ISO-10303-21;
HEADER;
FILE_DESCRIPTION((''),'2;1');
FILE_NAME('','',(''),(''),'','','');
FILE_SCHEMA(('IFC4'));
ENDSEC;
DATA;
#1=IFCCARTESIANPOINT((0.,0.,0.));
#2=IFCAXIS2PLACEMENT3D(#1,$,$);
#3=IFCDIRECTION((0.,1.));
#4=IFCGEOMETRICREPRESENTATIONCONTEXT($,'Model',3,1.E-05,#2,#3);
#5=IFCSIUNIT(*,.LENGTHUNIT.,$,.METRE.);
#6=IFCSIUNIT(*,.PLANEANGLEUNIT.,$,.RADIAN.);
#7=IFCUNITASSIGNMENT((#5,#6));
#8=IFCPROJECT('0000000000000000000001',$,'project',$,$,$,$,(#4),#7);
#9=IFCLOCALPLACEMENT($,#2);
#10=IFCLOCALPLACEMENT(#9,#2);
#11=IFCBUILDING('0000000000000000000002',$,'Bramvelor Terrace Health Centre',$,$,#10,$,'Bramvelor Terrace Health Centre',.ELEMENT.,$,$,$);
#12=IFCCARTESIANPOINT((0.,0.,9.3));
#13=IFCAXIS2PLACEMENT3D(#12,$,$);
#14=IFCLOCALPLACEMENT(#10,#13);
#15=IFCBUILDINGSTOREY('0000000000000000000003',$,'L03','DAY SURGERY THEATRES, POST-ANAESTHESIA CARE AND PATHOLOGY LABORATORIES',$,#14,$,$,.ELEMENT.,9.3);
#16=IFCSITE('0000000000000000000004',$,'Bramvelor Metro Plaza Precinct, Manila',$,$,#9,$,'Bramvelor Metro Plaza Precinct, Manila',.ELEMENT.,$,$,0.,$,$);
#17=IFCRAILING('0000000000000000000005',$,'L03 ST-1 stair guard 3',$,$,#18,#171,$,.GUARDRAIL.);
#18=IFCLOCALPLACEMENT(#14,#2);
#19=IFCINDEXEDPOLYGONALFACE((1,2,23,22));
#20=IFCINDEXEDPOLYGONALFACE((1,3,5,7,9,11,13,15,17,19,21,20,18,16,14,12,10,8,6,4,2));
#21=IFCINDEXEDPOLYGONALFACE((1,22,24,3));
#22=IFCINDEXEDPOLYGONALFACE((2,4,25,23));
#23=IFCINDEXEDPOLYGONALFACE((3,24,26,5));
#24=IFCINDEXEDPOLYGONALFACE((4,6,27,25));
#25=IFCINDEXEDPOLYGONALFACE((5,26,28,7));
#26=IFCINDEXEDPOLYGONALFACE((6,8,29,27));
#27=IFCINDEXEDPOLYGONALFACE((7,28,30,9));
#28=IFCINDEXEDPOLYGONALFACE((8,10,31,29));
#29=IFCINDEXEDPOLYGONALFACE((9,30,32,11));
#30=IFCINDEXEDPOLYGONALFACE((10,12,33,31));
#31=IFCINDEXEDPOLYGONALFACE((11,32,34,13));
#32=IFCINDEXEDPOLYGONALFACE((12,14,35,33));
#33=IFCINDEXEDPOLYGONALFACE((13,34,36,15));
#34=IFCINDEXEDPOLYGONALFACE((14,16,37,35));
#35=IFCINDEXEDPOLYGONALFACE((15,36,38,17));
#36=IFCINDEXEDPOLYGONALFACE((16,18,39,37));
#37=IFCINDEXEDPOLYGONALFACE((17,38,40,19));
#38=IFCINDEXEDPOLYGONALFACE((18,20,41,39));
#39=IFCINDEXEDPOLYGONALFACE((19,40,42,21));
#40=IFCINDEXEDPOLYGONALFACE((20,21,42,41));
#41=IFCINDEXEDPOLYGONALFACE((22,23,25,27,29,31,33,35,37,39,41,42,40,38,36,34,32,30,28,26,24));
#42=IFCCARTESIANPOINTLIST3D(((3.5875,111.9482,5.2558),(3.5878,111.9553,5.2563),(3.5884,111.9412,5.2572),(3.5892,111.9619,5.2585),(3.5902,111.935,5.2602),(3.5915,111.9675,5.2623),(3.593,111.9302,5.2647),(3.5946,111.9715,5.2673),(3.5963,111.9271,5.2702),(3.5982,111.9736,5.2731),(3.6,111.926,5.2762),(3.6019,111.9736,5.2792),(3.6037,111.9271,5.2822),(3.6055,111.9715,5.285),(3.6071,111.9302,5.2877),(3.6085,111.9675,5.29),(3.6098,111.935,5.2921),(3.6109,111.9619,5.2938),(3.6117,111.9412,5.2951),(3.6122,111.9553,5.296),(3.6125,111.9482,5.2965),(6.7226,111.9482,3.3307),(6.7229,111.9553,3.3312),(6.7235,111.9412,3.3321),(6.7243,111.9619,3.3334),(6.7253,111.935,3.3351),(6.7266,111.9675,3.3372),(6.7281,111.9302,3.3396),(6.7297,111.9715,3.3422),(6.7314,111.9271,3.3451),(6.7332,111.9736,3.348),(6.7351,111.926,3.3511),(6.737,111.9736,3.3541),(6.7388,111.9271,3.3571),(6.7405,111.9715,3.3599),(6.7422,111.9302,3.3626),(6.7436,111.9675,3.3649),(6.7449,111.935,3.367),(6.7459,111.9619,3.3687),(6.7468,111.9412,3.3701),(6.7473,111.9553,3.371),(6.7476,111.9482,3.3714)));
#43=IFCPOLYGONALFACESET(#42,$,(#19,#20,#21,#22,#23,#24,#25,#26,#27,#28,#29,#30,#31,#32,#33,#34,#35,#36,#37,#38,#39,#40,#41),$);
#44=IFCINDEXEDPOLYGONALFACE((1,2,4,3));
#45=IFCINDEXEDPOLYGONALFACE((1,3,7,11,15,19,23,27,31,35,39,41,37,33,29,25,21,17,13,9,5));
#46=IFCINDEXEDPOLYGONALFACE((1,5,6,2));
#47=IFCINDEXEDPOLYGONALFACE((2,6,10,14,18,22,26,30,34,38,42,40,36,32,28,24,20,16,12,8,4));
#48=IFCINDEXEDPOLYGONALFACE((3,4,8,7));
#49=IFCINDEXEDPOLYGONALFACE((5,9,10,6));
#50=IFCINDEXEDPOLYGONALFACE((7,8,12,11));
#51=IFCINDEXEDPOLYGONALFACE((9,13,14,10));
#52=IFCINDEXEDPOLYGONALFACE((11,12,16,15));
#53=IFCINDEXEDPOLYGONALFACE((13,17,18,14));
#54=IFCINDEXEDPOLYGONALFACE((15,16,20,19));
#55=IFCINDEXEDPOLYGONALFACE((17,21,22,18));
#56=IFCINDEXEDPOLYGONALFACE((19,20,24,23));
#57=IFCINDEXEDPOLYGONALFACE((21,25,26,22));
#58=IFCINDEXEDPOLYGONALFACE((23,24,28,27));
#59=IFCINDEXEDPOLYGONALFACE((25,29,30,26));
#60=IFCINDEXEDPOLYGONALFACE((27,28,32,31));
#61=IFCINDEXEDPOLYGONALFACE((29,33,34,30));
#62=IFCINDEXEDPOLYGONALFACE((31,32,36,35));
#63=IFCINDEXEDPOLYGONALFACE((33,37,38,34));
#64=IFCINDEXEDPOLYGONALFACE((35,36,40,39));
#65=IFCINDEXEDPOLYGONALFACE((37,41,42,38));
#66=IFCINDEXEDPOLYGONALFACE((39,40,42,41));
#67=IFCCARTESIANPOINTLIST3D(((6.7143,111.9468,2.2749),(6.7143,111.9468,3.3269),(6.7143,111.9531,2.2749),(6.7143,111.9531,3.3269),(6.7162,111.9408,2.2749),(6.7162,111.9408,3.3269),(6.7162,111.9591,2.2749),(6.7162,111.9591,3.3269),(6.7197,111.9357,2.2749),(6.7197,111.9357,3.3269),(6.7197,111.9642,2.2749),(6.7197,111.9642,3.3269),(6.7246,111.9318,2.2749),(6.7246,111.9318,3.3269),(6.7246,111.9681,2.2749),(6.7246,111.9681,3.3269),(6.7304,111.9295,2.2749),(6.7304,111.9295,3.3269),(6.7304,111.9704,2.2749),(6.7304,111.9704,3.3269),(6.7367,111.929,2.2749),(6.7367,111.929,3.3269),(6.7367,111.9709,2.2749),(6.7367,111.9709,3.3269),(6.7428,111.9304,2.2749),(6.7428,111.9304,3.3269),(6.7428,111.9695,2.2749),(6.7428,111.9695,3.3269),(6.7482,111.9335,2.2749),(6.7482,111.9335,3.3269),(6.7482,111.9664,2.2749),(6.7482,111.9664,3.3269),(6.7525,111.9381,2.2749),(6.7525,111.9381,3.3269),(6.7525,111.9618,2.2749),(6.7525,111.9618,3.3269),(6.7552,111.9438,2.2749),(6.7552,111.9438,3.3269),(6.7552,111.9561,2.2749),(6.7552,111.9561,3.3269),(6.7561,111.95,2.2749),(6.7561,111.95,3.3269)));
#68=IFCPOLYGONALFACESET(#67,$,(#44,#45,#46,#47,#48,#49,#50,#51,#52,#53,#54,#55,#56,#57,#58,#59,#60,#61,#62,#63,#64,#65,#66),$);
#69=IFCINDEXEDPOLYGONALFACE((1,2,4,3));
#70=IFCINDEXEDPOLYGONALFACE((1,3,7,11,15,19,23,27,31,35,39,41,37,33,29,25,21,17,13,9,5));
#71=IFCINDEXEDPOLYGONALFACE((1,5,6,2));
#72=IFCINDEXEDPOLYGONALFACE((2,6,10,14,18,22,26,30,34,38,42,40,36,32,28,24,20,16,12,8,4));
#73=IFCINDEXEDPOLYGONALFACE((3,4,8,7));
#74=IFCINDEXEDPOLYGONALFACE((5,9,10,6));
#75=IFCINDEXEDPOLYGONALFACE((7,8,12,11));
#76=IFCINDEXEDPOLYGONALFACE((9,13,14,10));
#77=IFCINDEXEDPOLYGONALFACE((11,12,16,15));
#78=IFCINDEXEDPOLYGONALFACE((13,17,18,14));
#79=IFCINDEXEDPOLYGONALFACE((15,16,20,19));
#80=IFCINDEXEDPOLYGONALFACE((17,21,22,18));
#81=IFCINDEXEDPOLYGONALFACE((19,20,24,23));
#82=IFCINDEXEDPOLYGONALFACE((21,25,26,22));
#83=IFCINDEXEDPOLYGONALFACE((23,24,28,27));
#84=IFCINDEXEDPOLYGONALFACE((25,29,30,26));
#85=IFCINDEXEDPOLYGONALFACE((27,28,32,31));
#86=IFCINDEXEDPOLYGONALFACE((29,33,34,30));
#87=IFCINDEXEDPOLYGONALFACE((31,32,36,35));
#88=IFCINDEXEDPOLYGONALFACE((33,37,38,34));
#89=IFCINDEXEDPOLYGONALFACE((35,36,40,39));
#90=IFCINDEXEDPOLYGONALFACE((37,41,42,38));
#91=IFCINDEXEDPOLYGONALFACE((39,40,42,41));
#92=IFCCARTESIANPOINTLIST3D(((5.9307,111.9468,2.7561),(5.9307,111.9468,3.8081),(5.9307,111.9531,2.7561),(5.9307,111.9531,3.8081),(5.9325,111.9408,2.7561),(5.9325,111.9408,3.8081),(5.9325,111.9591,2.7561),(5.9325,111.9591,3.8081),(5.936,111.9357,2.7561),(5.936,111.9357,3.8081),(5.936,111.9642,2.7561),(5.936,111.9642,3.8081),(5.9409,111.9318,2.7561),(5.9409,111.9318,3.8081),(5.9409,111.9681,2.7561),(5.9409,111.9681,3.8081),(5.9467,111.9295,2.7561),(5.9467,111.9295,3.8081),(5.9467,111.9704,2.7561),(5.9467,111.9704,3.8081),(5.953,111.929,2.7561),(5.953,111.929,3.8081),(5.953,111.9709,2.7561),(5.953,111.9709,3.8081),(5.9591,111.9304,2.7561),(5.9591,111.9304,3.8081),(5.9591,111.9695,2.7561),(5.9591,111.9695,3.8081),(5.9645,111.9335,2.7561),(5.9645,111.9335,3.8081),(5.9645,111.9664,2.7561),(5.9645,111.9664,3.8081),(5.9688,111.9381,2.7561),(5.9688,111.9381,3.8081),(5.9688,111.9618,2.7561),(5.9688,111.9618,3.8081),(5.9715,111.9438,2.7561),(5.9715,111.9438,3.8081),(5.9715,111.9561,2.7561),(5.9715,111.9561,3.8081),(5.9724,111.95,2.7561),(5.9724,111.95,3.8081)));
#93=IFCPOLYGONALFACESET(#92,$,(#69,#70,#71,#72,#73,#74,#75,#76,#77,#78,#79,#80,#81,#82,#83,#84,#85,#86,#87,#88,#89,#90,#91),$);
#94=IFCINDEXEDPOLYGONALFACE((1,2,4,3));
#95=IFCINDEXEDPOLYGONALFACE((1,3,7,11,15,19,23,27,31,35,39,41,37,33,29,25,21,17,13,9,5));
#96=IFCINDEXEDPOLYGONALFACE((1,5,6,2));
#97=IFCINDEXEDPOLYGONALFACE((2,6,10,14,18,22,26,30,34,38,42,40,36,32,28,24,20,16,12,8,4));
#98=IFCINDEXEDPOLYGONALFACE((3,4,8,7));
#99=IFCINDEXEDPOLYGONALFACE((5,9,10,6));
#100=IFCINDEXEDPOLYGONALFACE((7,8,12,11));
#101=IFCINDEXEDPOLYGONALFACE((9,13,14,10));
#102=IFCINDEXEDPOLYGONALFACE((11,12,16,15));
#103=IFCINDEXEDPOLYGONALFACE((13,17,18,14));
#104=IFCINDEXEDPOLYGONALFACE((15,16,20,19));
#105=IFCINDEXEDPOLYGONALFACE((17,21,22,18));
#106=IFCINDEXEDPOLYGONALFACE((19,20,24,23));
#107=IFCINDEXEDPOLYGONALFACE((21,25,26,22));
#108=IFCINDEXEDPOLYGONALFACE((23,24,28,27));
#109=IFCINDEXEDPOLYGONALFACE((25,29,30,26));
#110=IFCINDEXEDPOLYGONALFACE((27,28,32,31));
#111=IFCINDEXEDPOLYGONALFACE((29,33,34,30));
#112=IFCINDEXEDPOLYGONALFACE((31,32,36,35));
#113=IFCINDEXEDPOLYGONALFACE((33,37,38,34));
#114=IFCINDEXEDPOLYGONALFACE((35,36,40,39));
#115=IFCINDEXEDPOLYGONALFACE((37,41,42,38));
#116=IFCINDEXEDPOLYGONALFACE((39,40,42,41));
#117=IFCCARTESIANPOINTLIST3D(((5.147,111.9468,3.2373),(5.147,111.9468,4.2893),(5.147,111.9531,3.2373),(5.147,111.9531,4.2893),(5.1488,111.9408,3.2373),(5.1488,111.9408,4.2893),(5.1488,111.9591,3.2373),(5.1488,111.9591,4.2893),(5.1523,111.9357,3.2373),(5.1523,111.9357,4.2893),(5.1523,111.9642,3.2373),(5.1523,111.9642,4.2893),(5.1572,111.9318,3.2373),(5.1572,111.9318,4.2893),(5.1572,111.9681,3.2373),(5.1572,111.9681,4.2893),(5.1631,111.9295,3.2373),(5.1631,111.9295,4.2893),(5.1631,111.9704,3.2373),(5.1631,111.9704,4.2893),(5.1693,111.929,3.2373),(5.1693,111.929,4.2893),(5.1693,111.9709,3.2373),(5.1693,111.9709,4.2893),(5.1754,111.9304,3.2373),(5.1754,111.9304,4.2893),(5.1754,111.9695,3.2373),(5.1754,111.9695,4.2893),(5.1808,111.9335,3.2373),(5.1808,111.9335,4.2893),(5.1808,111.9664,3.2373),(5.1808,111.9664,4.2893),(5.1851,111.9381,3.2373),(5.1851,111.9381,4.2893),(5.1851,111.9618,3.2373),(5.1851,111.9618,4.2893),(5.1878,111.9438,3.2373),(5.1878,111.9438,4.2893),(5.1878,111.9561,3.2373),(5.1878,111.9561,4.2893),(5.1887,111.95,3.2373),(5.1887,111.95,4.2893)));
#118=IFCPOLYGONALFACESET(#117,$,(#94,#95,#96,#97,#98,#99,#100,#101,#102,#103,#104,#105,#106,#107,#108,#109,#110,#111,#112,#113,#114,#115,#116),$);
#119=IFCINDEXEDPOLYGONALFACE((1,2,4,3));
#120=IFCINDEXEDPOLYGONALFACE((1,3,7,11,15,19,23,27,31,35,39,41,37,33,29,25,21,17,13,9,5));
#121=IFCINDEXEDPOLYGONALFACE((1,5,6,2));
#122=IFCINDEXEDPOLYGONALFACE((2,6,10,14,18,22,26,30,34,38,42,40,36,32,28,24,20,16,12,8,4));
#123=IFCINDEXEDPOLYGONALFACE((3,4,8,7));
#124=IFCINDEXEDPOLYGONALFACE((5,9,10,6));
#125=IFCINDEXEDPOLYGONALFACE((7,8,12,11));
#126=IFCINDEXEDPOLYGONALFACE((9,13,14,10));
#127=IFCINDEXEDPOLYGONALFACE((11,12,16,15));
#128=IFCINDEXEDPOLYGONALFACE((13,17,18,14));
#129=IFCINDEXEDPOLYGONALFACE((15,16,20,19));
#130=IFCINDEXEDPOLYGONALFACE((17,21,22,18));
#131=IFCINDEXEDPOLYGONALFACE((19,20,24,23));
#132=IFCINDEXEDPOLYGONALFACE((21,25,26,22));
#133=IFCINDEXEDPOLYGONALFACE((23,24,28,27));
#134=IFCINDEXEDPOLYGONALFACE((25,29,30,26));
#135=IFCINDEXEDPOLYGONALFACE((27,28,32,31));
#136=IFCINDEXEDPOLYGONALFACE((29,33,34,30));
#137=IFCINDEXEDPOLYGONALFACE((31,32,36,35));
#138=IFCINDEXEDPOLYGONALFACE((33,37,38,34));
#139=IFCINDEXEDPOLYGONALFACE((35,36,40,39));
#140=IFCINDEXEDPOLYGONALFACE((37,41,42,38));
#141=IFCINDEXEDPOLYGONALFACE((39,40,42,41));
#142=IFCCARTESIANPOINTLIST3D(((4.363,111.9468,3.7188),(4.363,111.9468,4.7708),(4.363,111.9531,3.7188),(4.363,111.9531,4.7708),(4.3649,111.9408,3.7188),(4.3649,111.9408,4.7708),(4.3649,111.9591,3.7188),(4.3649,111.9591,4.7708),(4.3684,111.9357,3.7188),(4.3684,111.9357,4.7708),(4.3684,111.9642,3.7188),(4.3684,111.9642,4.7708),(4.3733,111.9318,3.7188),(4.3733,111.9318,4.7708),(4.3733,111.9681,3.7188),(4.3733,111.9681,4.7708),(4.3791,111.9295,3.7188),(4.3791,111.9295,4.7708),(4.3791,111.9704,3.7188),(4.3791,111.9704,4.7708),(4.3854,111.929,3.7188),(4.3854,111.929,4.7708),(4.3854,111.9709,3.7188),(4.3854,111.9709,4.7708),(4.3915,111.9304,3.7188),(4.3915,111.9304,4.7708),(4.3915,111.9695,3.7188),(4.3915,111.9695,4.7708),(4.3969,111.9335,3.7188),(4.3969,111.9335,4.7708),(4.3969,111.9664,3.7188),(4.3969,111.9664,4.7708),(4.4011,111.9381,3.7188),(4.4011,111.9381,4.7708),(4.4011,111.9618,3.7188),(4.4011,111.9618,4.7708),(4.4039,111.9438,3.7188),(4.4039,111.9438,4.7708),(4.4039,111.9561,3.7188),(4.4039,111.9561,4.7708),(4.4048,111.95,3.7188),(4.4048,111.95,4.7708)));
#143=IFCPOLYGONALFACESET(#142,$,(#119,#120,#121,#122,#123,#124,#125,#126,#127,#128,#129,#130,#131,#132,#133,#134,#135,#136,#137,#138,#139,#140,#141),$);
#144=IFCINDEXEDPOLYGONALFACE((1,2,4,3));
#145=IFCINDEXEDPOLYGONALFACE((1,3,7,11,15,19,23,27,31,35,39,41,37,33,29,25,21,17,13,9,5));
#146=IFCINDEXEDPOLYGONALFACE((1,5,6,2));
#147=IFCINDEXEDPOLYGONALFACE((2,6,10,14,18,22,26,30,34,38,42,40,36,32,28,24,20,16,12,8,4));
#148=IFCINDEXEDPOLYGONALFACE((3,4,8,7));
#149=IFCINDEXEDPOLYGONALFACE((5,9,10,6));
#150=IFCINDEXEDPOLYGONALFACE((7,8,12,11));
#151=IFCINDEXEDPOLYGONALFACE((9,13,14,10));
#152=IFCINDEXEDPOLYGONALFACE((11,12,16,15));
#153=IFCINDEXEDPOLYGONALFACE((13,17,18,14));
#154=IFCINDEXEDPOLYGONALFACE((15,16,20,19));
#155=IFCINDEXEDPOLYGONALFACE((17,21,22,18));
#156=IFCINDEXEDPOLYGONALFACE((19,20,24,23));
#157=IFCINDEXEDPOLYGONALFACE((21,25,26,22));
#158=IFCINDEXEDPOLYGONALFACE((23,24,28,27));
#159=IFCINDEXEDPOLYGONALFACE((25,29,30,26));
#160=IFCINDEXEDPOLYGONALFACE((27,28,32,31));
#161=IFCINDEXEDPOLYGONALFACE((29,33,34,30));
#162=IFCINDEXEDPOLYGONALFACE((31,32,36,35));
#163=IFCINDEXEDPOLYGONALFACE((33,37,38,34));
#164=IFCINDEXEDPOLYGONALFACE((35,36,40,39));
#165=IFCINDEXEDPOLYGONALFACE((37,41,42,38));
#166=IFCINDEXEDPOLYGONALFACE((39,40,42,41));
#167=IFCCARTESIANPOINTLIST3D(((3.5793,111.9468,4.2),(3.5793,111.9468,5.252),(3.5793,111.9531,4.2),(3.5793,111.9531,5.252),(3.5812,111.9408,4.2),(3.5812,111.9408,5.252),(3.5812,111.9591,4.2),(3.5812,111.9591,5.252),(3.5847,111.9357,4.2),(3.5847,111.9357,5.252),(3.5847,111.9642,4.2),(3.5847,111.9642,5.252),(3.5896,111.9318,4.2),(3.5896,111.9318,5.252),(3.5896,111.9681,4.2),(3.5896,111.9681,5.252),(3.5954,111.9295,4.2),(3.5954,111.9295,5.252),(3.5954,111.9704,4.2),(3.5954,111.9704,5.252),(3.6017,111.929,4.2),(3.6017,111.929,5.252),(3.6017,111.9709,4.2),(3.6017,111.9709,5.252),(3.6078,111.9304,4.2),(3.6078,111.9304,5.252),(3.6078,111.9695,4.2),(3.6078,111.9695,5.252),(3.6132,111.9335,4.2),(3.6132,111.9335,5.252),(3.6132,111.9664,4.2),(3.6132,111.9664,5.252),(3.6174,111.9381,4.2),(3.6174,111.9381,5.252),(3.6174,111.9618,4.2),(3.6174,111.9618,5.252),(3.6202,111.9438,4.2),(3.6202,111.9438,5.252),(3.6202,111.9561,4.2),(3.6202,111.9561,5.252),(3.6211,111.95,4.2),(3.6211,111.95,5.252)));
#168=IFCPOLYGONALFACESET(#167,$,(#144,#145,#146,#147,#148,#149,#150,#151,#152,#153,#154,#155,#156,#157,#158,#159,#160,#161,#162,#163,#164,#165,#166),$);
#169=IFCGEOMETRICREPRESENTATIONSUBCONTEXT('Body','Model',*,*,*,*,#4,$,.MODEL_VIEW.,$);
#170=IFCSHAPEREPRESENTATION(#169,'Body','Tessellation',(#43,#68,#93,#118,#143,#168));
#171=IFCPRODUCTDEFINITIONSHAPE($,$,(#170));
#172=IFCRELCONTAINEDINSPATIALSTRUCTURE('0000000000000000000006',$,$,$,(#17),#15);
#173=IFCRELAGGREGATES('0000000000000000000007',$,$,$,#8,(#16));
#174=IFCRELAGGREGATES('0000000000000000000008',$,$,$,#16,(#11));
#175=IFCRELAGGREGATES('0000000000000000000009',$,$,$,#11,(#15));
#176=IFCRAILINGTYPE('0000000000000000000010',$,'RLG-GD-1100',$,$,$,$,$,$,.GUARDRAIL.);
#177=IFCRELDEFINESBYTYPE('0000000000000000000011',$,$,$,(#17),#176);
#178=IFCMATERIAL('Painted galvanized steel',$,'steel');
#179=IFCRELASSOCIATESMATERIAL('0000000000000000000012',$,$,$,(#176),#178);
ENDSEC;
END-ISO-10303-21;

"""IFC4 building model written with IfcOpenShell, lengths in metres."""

from ifc_helpers import new_model, si_unit, direction, frame, origin, origin_2d, place, context, subcontext, project, spatial, circle, extrude, material, type_object, element, save


model = new_model("IFC4")

# Units and contexts
model_context = context("Model", 3, precision=1e-05, world=origin(), true_north=direction((0.0, 1.0)))
body_context = subcontext(model_context, "Body", "Model", "MODEL_VIEW")
ifc_project = project(units=[si_unit("LENGTHUNIT", "METRE"), si_unit("PLANEANGLEUNIT", "RADIAN")], contexts=[model_context])

# Site, building, storey
site_placement = place(None, origin())
site = spatial("IfcSite", under=ifc_project, at=site_placement, Name="Bramvelor Metro Plaza Precinct, Manila", LongName="Bramvelor Metro Plaza Precinct, Manila", CompositionType="ELEMENT", RefElevation=0.0)
building_placement = place(site_placement, origin())
building = spatial("IfcBuilding", under=site, at=building_placement, Name="Bramvelor Terrace Health Centre", LongName="Bramvelor Terrace Health Centre", CompositionType="ELEMENT")
storey_placement = place(building_placement, frame((0.0, 0.0, 9.3)))
storey = spatial("IfcBuildingStorey", under=building, at=storey_placement, Name="L03", Description="DAY SURGERY THEATRES, POST-ANAESTHESIA CARE AND PATHOLOGY LABORATORIES", CompositionType="ELEMENT", Elevation=9.3)

# Railing
ifc_material_1 = material(Name="Painted galvanized steel", Category="steel")
railing_type_1 = type_object("IfcRailingType", Name="RLG-GD-1100", PredefinedType="GUARDRAIL", material=ifc_material_1)
railing_1_placement = place(storey_placement, frame((6.7351, 111.95, 2.2749)))
element("IfcRailing", 1, at=railing_1_placement, inside=storey, type_object=railing_type_1, Name="L03 ST-1 stair guard 3", PredefinedType="GUARDRAIL", context=body_context, shape_type="SweptSolid", body=[
    extrude(circle(Radius=0.0239, at=origin_2d()), frame((0.0, 0.0, 1.0762), z_axis=(-0.852166, 0.0, 0.523271), x_axis=(0.0, -1.0, 0.0)), (0.0, 0.0, 1.0), 3.679),
    extrude(circle(Radius=0.021, at=origin_2d()), origin(), (0.0, 0.0, 1.0), 1.052),
    extrude(circle(Radius=0.021, at=origin_2d()), frame((-0.7837, 0.0, 0.4812)), (0.0, 0.0, 1.0), 1.052),
    extrude(circle(Radius=0.021, at=origin_2d()), frame((-1.5674, 0.0, 0.9624)), (0.0, 0.0, 1.0), 1.052),
    extrude(circle(Radius=0.021, at=origin_2d()), frame((-2.3513, 0.0, 1.4438)), (0.0, 0.0, 1.0), 1.052),
    extrude(circle(Radius=0.021, at=origin_2d()), frame((-3.135, 0.0, 1.925)), (0.0, 0.0, 1.0), 1.052),
])

save(model, "model.ifc")
